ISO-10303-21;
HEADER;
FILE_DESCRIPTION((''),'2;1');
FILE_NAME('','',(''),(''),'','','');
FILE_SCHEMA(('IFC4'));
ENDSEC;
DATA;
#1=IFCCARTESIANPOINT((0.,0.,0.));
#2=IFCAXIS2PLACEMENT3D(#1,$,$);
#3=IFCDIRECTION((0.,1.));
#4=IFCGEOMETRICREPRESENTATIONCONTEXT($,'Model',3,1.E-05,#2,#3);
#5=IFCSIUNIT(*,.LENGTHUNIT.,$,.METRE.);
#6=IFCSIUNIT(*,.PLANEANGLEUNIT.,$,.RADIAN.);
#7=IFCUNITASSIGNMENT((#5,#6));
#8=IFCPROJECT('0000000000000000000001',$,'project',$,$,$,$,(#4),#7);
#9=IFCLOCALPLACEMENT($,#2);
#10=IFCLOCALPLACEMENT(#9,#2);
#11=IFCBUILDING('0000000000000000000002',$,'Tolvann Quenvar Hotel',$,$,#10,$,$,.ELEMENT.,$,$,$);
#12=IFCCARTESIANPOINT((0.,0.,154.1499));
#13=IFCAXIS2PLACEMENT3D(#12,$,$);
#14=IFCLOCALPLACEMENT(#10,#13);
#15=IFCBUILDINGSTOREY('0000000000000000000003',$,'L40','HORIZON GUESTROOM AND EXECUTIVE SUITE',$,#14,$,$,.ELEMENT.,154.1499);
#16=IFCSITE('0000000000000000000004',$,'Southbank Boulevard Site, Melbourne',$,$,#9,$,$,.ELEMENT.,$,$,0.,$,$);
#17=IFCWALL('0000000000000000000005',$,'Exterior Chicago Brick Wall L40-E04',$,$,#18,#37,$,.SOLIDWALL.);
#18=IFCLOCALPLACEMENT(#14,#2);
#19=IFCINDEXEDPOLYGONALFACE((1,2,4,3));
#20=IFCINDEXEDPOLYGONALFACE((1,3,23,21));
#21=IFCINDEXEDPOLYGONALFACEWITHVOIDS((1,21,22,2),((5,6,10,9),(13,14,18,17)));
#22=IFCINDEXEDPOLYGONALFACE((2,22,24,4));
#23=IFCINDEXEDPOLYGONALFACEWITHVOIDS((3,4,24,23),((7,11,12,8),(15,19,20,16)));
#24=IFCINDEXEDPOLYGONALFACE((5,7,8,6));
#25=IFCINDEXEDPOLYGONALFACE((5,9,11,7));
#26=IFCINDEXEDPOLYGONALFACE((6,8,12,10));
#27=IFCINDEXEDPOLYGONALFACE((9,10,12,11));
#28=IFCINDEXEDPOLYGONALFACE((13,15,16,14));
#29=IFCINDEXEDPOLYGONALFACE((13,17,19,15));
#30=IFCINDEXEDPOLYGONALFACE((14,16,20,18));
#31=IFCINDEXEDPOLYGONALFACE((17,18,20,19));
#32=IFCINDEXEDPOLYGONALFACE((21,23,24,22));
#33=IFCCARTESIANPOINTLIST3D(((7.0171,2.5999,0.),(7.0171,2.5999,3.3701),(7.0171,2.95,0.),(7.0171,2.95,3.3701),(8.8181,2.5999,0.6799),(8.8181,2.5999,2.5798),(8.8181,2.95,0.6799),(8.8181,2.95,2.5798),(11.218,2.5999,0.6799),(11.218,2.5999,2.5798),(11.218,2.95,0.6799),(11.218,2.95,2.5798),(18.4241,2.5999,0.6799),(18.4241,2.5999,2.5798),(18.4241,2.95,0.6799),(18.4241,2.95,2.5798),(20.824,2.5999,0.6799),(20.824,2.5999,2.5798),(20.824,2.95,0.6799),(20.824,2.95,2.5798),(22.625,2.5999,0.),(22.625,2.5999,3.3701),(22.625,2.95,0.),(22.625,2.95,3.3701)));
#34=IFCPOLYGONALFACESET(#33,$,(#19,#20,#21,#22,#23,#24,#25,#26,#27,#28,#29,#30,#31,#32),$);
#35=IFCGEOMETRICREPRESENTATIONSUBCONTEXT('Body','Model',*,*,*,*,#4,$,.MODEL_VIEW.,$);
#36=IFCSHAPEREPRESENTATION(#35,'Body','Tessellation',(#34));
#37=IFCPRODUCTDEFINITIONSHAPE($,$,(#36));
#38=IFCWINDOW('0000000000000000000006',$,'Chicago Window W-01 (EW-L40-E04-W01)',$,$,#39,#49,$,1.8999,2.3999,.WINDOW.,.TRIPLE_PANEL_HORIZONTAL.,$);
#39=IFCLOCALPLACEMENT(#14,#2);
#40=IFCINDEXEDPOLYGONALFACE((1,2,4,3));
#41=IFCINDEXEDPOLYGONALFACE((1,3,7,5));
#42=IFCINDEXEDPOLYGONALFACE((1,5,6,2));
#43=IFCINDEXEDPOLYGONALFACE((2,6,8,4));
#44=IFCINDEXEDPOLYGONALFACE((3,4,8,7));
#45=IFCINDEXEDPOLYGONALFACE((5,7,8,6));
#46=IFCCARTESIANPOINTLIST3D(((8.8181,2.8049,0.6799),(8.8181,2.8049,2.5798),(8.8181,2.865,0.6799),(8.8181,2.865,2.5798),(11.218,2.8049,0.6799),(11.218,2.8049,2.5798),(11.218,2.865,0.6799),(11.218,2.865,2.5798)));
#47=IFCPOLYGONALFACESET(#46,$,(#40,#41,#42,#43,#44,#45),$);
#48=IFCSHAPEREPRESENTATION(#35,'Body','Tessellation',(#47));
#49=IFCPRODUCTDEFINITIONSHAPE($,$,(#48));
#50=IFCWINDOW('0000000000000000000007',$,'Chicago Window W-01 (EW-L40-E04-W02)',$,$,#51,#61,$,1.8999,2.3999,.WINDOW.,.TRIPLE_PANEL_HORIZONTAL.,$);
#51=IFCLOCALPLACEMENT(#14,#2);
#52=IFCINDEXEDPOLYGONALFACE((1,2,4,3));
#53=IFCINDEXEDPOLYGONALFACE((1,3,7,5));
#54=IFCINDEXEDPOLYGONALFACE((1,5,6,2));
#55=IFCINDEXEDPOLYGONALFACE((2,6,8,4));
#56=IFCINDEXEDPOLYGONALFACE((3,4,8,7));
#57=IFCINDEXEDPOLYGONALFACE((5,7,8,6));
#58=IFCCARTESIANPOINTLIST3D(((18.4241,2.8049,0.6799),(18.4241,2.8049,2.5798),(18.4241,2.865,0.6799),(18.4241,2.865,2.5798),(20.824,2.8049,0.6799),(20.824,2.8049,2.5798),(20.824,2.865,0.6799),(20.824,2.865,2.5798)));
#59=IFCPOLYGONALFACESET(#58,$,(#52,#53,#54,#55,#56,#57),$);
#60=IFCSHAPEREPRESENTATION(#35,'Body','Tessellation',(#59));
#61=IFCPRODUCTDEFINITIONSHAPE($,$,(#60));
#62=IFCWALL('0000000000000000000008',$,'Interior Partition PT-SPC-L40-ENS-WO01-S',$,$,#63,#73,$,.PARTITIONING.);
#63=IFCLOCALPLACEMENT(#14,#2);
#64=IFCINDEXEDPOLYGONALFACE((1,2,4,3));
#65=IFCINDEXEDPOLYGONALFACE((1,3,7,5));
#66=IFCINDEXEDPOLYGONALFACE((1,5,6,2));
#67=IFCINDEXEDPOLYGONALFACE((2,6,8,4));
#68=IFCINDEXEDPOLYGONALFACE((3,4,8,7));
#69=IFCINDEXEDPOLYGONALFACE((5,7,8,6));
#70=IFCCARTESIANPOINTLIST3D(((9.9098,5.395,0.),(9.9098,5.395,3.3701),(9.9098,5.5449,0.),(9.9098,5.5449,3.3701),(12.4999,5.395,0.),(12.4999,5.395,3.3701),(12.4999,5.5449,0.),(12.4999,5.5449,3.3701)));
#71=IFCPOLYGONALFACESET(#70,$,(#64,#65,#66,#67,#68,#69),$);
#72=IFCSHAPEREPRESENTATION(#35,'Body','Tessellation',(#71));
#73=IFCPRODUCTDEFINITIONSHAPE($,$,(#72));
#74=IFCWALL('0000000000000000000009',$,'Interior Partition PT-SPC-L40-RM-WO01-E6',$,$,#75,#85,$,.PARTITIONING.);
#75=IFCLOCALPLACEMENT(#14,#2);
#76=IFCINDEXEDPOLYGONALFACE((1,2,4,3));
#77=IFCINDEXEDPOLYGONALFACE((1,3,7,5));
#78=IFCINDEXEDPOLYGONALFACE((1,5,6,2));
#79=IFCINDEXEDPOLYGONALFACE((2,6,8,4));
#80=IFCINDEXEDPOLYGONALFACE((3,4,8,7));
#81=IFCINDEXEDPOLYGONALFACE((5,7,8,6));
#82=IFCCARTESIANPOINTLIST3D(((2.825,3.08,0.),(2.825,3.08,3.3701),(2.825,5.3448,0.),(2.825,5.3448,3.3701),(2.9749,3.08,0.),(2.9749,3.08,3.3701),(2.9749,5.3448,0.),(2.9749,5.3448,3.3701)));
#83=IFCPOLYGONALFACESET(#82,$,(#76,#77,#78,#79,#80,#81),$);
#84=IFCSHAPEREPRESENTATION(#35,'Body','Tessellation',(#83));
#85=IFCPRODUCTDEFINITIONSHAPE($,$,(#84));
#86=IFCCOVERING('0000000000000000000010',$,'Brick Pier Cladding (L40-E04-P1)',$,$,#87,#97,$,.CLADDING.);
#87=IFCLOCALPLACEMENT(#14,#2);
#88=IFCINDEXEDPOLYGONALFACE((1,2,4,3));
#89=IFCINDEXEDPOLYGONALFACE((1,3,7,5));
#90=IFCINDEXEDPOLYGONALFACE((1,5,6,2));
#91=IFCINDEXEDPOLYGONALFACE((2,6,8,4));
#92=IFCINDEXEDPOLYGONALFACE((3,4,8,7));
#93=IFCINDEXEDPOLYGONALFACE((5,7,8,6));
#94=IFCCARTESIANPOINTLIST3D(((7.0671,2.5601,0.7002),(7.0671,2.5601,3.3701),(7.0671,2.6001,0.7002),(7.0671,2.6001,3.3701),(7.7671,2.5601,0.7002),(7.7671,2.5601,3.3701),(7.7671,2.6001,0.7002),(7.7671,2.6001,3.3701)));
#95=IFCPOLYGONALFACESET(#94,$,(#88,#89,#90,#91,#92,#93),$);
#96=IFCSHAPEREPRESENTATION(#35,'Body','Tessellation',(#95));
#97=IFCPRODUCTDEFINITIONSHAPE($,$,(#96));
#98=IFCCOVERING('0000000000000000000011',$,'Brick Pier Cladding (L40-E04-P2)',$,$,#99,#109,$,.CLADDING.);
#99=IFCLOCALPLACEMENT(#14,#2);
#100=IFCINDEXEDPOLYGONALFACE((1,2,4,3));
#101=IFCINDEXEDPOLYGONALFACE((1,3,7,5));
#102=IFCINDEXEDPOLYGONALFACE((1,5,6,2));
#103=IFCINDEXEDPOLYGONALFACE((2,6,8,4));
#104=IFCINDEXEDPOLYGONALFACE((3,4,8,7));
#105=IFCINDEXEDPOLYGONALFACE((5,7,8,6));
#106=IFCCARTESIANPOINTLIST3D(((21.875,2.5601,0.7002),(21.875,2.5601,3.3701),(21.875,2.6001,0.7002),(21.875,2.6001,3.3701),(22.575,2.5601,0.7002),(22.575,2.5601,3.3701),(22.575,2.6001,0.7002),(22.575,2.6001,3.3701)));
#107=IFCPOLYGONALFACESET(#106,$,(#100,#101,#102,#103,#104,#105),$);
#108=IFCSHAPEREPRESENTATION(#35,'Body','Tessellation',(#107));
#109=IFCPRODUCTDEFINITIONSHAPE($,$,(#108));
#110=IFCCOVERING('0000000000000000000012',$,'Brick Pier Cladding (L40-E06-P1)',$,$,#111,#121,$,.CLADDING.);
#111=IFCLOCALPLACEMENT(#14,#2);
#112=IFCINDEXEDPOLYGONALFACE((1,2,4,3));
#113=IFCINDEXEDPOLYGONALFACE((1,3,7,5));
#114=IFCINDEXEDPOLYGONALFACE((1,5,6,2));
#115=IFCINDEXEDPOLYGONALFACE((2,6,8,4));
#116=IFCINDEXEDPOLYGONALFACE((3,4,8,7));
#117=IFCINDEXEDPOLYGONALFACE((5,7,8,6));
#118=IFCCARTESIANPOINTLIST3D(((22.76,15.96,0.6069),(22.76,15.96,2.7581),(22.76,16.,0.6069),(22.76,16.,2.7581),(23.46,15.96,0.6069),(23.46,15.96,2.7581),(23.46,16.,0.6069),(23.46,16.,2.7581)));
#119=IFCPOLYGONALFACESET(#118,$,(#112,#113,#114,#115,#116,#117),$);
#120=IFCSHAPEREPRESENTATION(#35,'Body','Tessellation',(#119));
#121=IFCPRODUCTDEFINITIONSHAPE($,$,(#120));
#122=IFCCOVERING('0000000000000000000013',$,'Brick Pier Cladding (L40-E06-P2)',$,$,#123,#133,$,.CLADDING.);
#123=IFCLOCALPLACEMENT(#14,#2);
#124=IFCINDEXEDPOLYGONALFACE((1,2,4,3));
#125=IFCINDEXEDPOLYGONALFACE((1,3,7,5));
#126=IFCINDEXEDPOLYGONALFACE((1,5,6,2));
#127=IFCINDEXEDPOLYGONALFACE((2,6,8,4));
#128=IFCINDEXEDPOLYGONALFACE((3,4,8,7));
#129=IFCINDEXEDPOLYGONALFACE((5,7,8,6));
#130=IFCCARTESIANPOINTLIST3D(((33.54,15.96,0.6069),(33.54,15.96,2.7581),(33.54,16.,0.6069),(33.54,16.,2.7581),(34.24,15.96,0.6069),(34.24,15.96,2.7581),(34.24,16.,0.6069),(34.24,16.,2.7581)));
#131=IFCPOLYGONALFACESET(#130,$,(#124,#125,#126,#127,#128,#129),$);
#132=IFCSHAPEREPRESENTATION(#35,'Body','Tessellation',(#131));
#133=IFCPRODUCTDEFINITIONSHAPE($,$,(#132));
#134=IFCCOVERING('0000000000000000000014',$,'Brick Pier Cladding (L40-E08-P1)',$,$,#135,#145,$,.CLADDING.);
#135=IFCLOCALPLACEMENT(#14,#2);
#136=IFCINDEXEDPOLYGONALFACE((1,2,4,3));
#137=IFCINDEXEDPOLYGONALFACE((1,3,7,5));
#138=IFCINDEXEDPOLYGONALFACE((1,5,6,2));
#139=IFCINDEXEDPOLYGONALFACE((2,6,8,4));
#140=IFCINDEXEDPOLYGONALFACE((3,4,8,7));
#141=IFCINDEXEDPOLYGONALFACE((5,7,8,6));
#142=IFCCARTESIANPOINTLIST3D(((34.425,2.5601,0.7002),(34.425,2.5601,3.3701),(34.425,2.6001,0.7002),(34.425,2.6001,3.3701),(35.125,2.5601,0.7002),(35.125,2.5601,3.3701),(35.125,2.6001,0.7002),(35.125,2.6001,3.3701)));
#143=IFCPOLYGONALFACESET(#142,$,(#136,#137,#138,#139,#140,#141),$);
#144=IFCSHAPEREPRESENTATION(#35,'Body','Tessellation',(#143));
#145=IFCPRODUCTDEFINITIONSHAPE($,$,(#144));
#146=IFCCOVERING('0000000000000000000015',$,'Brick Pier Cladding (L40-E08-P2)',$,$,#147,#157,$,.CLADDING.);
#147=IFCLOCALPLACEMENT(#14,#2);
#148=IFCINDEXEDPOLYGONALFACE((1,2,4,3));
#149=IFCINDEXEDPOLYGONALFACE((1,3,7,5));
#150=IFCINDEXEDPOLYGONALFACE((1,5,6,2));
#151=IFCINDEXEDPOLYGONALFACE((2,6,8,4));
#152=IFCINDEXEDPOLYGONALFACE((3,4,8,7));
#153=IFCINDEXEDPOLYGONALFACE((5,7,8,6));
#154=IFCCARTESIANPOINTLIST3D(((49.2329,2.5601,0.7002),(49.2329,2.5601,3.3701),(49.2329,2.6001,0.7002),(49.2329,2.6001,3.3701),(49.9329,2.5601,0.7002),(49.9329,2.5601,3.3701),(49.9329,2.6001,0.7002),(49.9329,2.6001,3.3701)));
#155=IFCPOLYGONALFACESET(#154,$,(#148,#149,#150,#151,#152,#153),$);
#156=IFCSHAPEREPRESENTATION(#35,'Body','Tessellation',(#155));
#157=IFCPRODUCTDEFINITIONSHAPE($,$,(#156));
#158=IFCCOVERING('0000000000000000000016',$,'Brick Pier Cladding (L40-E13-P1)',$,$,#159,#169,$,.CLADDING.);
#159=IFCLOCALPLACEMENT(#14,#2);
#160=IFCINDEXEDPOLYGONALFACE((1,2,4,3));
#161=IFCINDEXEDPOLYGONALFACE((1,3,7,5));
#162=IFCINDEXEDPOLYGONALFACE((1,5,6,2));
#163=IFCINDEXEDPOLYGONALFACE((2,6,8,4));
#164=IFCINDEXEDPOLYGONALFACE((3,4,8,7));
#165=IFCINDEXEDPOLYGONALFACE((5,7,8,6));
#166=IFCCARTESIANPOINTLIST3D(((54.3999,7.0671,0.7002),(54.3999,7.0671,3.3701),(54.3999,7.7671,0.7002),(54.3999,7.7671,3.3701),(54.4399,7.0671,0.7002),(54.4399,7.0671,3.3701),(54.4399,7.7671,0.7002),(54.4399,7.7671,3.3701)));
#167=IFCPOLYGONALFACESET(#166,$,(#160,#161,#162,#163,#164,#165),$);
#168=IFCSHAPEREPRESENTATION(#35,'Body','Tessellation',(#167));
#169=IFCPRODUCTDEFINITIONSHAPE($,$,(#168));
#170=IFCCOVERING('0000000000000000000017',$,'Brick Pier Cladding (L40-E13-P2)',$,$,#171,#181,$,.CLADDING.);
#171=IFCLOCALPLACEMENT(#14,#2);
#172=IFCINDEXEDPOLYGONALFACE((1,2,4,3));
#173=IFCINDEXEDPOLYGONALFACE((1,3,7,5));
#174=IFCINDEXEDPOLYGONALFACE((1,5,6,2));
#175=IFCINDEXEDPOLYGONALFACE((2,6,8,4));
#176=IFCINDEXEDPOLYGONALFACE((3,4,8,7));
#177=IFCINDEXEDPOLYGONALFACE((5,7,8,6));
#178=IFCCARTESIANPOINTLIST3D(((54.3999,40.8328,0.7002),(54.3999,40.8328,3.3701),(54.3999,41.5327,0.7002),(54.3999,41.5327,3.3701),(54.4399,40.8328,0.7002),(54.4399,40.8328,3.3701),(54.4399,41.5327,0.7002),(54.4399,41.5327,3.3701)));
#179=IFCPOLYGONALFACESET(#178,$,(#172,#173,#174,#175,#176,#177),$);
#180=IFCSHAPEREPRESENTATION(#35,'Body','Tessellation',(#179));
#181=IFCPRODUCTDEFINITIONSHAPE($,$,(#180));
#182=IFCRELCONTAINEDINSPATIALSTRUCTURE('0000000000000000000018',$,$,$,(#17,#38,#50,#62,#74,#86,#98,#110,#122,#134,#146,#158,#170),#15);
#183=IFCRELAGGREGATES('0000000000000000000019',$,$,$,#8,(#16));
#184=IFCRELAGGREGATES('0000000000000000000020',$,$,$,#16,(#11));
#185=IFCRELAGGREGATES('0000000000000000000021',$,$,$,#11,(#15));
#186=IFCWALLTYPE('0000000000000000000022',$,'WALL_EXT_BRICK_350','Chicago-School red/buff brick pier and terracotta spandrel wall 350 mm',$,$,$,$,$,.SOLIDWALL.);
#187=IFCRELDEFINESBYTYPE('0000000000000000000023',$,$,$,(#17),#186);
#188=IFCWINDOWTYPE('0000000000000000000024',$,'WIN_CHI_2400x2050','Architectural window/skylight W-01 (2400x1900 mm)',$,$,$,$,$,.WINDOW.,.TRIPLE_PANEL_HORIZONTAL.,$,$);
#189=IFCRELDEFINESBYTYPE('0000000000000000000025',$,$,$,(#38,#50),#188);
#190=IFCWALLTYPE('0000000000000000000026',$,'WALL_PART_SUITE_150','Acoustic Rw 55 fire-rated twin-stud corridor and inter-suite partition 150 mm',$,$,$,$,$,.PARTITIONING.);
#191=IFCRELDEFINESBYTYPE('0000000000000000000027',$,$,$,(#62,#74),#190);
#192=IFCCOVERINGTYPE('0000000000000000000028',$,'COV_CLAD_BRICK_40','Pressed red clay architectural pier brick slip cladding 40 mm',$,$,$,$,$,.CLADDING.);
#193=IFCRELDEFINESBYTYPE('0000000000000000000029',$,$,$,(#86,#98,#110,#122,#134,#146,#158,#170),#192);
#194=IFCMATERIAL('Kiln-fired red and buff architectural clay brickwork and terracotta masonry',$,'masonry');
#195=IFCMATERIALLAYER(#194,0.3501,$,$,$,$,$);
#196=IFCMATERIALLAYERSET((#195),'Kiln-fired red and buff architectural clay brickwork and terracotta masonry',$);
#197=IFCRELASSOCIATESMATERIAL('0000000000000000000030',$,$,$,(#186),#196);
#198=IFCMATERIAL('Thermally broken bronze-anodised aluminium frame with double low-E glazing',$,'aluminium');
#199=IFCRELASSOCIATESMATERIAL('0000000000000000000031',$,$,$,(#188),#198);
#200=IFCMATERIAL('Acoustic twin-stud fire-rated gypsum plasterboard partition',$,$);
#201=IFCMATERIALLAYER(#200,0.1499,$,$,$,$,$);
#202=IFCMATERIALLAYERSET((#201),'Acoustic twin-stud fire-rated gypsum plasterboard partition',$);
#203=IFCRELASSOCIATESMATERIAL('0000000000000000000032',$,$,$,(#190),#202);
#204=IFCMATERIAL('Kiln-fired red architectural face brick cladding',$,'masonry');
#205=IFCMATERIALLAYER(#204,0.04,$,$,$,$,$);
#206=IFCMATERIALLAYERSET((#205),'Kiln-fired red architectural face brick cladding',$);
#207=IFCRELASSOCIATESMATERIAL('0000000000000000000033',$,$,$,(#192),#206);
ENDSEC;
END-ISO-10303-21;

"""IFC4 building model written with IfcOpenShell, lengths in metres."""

from ifc_helpers import new_model, si_unit, direction, frame, frame_2d, origin, place, context, subcontext, project, spatial, polyline, rectangle, outline, extrude, source, transform, mapped, material, layer, layer_set, type_object, type_shapes, element, fill, save


model = new_model("IFC4")

# Units and contexts
model_context = context("Model", 3, precision=1e-05, world=origin(), true_north=direction((0.0, 1.0)))
body_context = subcontext(model_context, "Body", "Model", "MODEL_VIEW")
ifc_project = project(units=[si_unit("LENGTHUNIT", "METRE"), si_unit("PLANEANGLEUNIT", "RADIAN")], contexts=[model_context])

# Site, building, storey
site_placement = place(None, origin())
site = spatial("IfcSite", under=ifc_project, at=site_placement, Name="Southbank Boulevard Site, Melbourne", CompositionType="ELEMENT", RefElevation=0.0)
building_placement = place(site_placement, origin())
building = spatial("IfcBuilding", under=site, at=building_placement, Name="Tolvann Quenvar Hotel", CompositionType="ELEMENT")
storey_placement = place(building_placement, frame((0.0, 0.0, 154.1499)))
storey = spatial("IfcBuildingStorey", under=building, at=storey_placement, Name="L40", Description="HORIZON GUESTROOM AND EXECUTIVE SUITE", CompositionType="ELEMENT", Elevation=154.1499)

# Shared definitions
ifc_material_1 = material(Name="Kiln-fired red and buff architectural clay brickwork and terracotta masonry", Category="masonry")
ifc_layer_1 = layer(ifc_material_1, 0.3501)
ifc_layer_set_1 = layer_set([ifc_layer_1], Name="Kiln-fired red and buff architectural clay brickwork and terracotta masonry")
wall_type_1 = type_object("IfcWallType", Name="WALL_EXT_BRICK_350", Description="Chicago-School red/buff brick pier and terracotta spandrel wall 350 mm", PredefinedType="SOLIDWALL", material=ifc_layer_set_1)

# Wall, openings, windows
wall_1_placement = place(storey_placement, frame((7.0171, 2.7749, 0.0), z_axis=(0.0, 0.0, 1.0), x_axis=(1.0, 0.0, 0.0)))
wall_1 = element("IfcWall", 1, at=wall_1_placement, inside=storey, type_object=wall_type_1, Name="Exterior Chicago Brick Wall L40-E04", PredefinedType="SOLIDWALL", context=body_context, shape_type="SweptSolid", body=[
    extrude(rectangle(XDim=15.6079, YDim=0.3501, at=frame_2d((7.804, 0.0))), origin(), (0.0, 0.0, 1.0), 3.3701),
])
opening_1_placement = place(wall_1_placement, frame((1.801, 0.0, 0.6799)))
opening_1 = element("IfcOpeningElement", 2, at=opening_1_placement, cuts=wall_1, PredefinedType="OPENING", context=body_context, shape_type="SweptSolid", body=[
    extrude(rectangle(XDim=2.3999, YDim=1.8999, at=frame_2d((1.2, 0.95))), frame((0.0, 0.1851, 0.0), z_axis=(0.0, -1.0, 0.0), x_axis=(1.0, 0.0, 0.0)), (0.0, 0.0, 1.0), 0.3701),
])
opening_2_placement = place(wall_1_placement, frame((11.407, 0.0, 0.6799)))
opening_2 = element("IfcOpeningElement", 3, at=opening_2_placement, cuts=wall_1, PredefinedType="OPENING", context=body_context, shape_type="SweptSolid", body=[
    extrude(rectangle(XDim=2.3999, YDim=1.8999, at=frame_2d((1.2, 0.95))), frame((0.0, 0.1851, 0.0), z_axis=(0.0, -1.0, 0.0), x_axis=(1.0, 0.0, 0.0)), (0.0, 0.0, 1.0), 0.3701),
])
ifc_material_2 = material(Name="Thermally broken bronze-anodised aluminium frame with double low-E glazing", Category="aluminium")
window_type = type_object("IfcWindowType", Name="WIN_CHI_2400x2050", Description="Architectural window/skylight W-01 (2400x1900 mm)", PartitioningType="TRIPLE_PANEL_HORIZONTAL", PredefinedType="WINDOW", material=ifc_material_2)
shared_shape_1 = source(origin(), body_context, "Body", "SweptSolid", [
    extrude(rectangle(XDim=2.3999, YDim=1.8999, at=frame_2d((1.2, 0.95))), frame((0.0, 0.0901, 0.0), z_axis=(0.0, -1.0, 0.0), x_axis=(1.0, 0.0, 0.0)), (0.0, 0.0, 1.0), 0.0601),
])
type_shapes(window_type, [shared_shape_1])
window_1_placement = place(opening_1_placement, origin())
window_1 = element("IfcWindow", 4, at=window_1_placement, inside=storey, type_object=window_type, Name="Chicago Window W-01 (EW-L40-E04-W01)", OverallHeight=1.8999, OverallWidth=2.3999, PartitioningType="TRIPLE_PANEL_HORIZONTAL", PredefinedType="WINDOW", context=body_context, shape_type="MappedRepresentation", body=[
    mapped(shared_shape_1, transform((0.0, 0.0, 0.0), x_axis=(1.0, 0.0, 0.0), y_axis=(0.0, 1.0, 0.0), z_axis=(0.0, 0.0, 1.0), scale=1.0)),
])
fill(opening_1, window_1)
window_2_placement = place(opening_2_placement, origin())
window_2 = element("IfcWindow", 5, at=window_2_placement, inside=storey, type_object=window_type, Name="Chicago Window W-01 (EW-L40-E04-W02)", OverallHeight=1.8999, OverallWidth=2.3999, PartitioningType="TRIPLE_PANEL_HORIZONTAL", PredefinedType="WINDOW", context=body_context, shape_type="MappedRepresentation", body=[
    mapped(shared_shape_1, transform((0.0, 0.0, 0.0), x_axis=(1.0, 0.0, 0.0), y_axis=(0.0, 1.0, 0.0), z_axis=(0.0, 0.0, 1.0), scale=1.0)),
])
fill(opening_2, window_2)

# Walls
ifc_material_3 = material(Name="Acoustic twin-stud fire-rated gypsum plasterboard partition")
ifc_layer_2 = layer(ifc_material_3, 0.1499)
ifc_layer_set_2 = layer_set([ifc_layer_2], Name="Acoustic twin-stud fire-rated gypsum plasterboard partition")
wall_type_2 = type_object("IfcWallType", Name="WALL_PART_SUITE_150", Description="Acoustic Rw 55 fire-rated twin-stud corridor and inter-suite partition 150 mm", PredefinedType="PARTITIONING", material=ifc_layer_set_2)
wall_2_placement = place(storey_placement, frame((9.9099, 5.47, 0.0), z_axis=(0.0, 0.0, 1.0), x_axis=(1.0, 0.0, 0.0)))
element("IfcWall", 6, at=wall_2_placement, inside=storey, type_object=wall_type_2, Name="Interior Partition PT-SPC-L40-ENS-WO01-S", PredefinedType="PARTITIONING", context=body_context, shape_type="SweptSolid", body=[
    extrude(rectangle(XDim=2.5901, YDim=0.1499, at=frame_2d((1.2949, 0.0))), origin(), (0.0, 0.0, 1.0), 3.3701),
])
wall_3_placement = place(storey_placement, frame((2.8999, 3.0801, 0.0), z_axis=(0.0, 0.0, 1.0), x_axis=(0.0, 1.0, 0.0)))
element("IfcWall", 7, at=wall_3_placement, inside=storey, type_object=wall_type_2, Name="Interior Partition PT-SPC-L40-RM-WO01-E6", PredefinedType="PARTITIONING", context=body_context, shape_type="SweptSolid", body=[
    extrude(rectangle(XDim=2.2649, YDim=0.1499, at=frame_2d((1.1323, 0.0))), origin(), (0.0, 0.0, 1.0), 3.3701),
])

# Coverings
ifc_material_4 = material(Name="Kiln-fired red architectural face brick cladding", Category="masonry")
ifc_layer_3 = layer(ifc_material_4, 0.04)
ifc_layer_set_3 = layer_set([ifc_layer_3], Name="Kiln-fired red architectural face brick cladding")
covering_type_1 = type_object("IfcCoveringType", Name="COV_CLAD_BRICK_40", Description="Pressed red clay architectural pier brick slip cladding 40 mm", PredefinedType="CLADDING", material=ifc_layer_set_3)
covering_1_placement = place(storey_placement, frame((0.0, 0.0, 0.7002)))
element("IfcCovering", 8, at=covering_1_placement, inside=storey, type_object=covering_type_1, Name="Brick Pier Cladding (L40-E04-P1)", PredefinedType="CLADDING", context=body_context, shape_type="SweptSolid", body=[
    extrude(outline(polyline([(7.0671, 2.6001), (7.7671, 2.6001), (7.7671, 2.5601), (7.0671, 2.5601), (7.0671, 2.6001)])), origin(), (0.0, 0.0, 1.0), 2.6699),
])
covering_2_placement = place(storey_placement, frame((0.0, 0.0, 0.7002)))
element("IfcCovering", 9, at=covering_2_placement, inside=storey, type_object=covering_type_1, Name="Brick Pier Cladding (L40-E04-P2)", PredefinedType="CLADDING", context=body_context, shape_type="SweptSolid", body=[
    extrude(outline(polyline([(21.875, 2.6001), (22.575, 2.6001), (22.575, 2.5601), (21.875, 2.5601), (21.875, 2.6001)])), origin(), (0.0, 0.0, 1.0), 2.6699),
])
covering_3_placement = place(storey_placement, frame((0.0, 0.0, 0.6069)))
element("IfcCovering", 10, at=covering_3_placement, inside=storey, type_object=covering_type_1, Name="Brick Pier Cladding (L40-E06-P1)", PredefinedType="CLADDING", context=body_context, shape_type="SweptSolid", body=[
    extrude(outline(polyline([(22.76, 16.0), (23.46, 16.0), (23.46, 15.96), (22.76, 15.96), (22.76, 16.0)])), origin(), (0.0, 0.0, 1.0), 2.1511),
])
covering_4_placement = place(storey_placement, frame((0.0, 0.0, 0.6069)))
element("IfcCovering", 11, at=covering_4_placement, inside=storey, type_object=covering_type_1, Name="Brick Pier Cladding (L40-E06-P2)", PredefinedType="CLADDING", context=body_context, shape_type="SweptSolid", body=[
    extrude(outline(polyline([(33.54, 16.0), (34.24, 16.0), (34.24, 15.96), (33.54, 15.96), (33.54, 16.0)])), origin(), (0.0, 0.0, 1.0), 2.1511),
])
covering_5_placement = place(storey_placement, frame((0.0, 0.0, 0.7002)))
element("IfcCovering", 12, at=covering_5_placement, inside=storey, type_object=covering_type_1, Name="Brick Pier Cladding (L40-E08-P1)", PredefinedType="CLADDING", context=body_context, shape_type="SweptSolid", body=[
    extrude(outline(polyline([(34.425, 2.6001), (35.125, 2.6001), (35.125, 2.5601), (34.425, 2.5601), (34.425, 2.6001)])), origin(), (0.0, 0.0, 1.0), 2.6699),
])
covering_6_placement = place(storey_placement, frame((0.0, 0.0, 0.7002)))
element("IfcCovering", 13, at=covering_6_placement, inside=storey, type_object=covering_type_1, Name="Brick Pier Cladding (L40-E08-P2)", PredefinedType="CLADDING", context=body_context, shape_type="SweptSolid", body=[
    extrude(outline(polyline([(49.2329, 2.6001), (49.9329, 2.6001), (49.9329, 2.5601), (49.2329, 2.5601), (49.2329, 2.6001)])), origin(), (0.0, 0.0, 1.0), 2.6699),
])
covering_7_placement = place(storey_placement, frame((0.0, 0.0, 0.7002)))
element("IfcCovering", 14, at=covering_7_placement, inside=storey, type_object=covering_type_1, Name="Brick Pier Cladding (L40-E13-P1)", PredefinedType="CLADDING", context=body_context, shape_type="SweptSolid", body=[
    extrude(outline(polyline([(54.3999, 7.0671), (54.3999, 7.7671), (54.4399, 7.7671), (54.4399, 7.0671), (54.3999, 7.0671)])), origin(), (0.0, 0.0, 1.0), 2.6699),
])
covering_8_placement = place(storey_placement, frame((0.0, 0.0, 0.7002)))
element("IfcCovering", 15, at=covering_8_placement, inside=storey, type_object=covering_type_1, Name="Brick Pier Cladding (L40-E13-P2)", PredefinedType="CLADDING", context=body_context, shape_type="SweptSolid", body=[
    extrude(outline(polyline([(54.3999, 40.8328), (54.3999, 41.5327), (54.4399, 41.5327), (54.4399, 40.8328), (54.3999, 40.8328)])), origin(), (0.0, 0.0, 1.0), 2.6699),
])

save(model, "model.ifc")
